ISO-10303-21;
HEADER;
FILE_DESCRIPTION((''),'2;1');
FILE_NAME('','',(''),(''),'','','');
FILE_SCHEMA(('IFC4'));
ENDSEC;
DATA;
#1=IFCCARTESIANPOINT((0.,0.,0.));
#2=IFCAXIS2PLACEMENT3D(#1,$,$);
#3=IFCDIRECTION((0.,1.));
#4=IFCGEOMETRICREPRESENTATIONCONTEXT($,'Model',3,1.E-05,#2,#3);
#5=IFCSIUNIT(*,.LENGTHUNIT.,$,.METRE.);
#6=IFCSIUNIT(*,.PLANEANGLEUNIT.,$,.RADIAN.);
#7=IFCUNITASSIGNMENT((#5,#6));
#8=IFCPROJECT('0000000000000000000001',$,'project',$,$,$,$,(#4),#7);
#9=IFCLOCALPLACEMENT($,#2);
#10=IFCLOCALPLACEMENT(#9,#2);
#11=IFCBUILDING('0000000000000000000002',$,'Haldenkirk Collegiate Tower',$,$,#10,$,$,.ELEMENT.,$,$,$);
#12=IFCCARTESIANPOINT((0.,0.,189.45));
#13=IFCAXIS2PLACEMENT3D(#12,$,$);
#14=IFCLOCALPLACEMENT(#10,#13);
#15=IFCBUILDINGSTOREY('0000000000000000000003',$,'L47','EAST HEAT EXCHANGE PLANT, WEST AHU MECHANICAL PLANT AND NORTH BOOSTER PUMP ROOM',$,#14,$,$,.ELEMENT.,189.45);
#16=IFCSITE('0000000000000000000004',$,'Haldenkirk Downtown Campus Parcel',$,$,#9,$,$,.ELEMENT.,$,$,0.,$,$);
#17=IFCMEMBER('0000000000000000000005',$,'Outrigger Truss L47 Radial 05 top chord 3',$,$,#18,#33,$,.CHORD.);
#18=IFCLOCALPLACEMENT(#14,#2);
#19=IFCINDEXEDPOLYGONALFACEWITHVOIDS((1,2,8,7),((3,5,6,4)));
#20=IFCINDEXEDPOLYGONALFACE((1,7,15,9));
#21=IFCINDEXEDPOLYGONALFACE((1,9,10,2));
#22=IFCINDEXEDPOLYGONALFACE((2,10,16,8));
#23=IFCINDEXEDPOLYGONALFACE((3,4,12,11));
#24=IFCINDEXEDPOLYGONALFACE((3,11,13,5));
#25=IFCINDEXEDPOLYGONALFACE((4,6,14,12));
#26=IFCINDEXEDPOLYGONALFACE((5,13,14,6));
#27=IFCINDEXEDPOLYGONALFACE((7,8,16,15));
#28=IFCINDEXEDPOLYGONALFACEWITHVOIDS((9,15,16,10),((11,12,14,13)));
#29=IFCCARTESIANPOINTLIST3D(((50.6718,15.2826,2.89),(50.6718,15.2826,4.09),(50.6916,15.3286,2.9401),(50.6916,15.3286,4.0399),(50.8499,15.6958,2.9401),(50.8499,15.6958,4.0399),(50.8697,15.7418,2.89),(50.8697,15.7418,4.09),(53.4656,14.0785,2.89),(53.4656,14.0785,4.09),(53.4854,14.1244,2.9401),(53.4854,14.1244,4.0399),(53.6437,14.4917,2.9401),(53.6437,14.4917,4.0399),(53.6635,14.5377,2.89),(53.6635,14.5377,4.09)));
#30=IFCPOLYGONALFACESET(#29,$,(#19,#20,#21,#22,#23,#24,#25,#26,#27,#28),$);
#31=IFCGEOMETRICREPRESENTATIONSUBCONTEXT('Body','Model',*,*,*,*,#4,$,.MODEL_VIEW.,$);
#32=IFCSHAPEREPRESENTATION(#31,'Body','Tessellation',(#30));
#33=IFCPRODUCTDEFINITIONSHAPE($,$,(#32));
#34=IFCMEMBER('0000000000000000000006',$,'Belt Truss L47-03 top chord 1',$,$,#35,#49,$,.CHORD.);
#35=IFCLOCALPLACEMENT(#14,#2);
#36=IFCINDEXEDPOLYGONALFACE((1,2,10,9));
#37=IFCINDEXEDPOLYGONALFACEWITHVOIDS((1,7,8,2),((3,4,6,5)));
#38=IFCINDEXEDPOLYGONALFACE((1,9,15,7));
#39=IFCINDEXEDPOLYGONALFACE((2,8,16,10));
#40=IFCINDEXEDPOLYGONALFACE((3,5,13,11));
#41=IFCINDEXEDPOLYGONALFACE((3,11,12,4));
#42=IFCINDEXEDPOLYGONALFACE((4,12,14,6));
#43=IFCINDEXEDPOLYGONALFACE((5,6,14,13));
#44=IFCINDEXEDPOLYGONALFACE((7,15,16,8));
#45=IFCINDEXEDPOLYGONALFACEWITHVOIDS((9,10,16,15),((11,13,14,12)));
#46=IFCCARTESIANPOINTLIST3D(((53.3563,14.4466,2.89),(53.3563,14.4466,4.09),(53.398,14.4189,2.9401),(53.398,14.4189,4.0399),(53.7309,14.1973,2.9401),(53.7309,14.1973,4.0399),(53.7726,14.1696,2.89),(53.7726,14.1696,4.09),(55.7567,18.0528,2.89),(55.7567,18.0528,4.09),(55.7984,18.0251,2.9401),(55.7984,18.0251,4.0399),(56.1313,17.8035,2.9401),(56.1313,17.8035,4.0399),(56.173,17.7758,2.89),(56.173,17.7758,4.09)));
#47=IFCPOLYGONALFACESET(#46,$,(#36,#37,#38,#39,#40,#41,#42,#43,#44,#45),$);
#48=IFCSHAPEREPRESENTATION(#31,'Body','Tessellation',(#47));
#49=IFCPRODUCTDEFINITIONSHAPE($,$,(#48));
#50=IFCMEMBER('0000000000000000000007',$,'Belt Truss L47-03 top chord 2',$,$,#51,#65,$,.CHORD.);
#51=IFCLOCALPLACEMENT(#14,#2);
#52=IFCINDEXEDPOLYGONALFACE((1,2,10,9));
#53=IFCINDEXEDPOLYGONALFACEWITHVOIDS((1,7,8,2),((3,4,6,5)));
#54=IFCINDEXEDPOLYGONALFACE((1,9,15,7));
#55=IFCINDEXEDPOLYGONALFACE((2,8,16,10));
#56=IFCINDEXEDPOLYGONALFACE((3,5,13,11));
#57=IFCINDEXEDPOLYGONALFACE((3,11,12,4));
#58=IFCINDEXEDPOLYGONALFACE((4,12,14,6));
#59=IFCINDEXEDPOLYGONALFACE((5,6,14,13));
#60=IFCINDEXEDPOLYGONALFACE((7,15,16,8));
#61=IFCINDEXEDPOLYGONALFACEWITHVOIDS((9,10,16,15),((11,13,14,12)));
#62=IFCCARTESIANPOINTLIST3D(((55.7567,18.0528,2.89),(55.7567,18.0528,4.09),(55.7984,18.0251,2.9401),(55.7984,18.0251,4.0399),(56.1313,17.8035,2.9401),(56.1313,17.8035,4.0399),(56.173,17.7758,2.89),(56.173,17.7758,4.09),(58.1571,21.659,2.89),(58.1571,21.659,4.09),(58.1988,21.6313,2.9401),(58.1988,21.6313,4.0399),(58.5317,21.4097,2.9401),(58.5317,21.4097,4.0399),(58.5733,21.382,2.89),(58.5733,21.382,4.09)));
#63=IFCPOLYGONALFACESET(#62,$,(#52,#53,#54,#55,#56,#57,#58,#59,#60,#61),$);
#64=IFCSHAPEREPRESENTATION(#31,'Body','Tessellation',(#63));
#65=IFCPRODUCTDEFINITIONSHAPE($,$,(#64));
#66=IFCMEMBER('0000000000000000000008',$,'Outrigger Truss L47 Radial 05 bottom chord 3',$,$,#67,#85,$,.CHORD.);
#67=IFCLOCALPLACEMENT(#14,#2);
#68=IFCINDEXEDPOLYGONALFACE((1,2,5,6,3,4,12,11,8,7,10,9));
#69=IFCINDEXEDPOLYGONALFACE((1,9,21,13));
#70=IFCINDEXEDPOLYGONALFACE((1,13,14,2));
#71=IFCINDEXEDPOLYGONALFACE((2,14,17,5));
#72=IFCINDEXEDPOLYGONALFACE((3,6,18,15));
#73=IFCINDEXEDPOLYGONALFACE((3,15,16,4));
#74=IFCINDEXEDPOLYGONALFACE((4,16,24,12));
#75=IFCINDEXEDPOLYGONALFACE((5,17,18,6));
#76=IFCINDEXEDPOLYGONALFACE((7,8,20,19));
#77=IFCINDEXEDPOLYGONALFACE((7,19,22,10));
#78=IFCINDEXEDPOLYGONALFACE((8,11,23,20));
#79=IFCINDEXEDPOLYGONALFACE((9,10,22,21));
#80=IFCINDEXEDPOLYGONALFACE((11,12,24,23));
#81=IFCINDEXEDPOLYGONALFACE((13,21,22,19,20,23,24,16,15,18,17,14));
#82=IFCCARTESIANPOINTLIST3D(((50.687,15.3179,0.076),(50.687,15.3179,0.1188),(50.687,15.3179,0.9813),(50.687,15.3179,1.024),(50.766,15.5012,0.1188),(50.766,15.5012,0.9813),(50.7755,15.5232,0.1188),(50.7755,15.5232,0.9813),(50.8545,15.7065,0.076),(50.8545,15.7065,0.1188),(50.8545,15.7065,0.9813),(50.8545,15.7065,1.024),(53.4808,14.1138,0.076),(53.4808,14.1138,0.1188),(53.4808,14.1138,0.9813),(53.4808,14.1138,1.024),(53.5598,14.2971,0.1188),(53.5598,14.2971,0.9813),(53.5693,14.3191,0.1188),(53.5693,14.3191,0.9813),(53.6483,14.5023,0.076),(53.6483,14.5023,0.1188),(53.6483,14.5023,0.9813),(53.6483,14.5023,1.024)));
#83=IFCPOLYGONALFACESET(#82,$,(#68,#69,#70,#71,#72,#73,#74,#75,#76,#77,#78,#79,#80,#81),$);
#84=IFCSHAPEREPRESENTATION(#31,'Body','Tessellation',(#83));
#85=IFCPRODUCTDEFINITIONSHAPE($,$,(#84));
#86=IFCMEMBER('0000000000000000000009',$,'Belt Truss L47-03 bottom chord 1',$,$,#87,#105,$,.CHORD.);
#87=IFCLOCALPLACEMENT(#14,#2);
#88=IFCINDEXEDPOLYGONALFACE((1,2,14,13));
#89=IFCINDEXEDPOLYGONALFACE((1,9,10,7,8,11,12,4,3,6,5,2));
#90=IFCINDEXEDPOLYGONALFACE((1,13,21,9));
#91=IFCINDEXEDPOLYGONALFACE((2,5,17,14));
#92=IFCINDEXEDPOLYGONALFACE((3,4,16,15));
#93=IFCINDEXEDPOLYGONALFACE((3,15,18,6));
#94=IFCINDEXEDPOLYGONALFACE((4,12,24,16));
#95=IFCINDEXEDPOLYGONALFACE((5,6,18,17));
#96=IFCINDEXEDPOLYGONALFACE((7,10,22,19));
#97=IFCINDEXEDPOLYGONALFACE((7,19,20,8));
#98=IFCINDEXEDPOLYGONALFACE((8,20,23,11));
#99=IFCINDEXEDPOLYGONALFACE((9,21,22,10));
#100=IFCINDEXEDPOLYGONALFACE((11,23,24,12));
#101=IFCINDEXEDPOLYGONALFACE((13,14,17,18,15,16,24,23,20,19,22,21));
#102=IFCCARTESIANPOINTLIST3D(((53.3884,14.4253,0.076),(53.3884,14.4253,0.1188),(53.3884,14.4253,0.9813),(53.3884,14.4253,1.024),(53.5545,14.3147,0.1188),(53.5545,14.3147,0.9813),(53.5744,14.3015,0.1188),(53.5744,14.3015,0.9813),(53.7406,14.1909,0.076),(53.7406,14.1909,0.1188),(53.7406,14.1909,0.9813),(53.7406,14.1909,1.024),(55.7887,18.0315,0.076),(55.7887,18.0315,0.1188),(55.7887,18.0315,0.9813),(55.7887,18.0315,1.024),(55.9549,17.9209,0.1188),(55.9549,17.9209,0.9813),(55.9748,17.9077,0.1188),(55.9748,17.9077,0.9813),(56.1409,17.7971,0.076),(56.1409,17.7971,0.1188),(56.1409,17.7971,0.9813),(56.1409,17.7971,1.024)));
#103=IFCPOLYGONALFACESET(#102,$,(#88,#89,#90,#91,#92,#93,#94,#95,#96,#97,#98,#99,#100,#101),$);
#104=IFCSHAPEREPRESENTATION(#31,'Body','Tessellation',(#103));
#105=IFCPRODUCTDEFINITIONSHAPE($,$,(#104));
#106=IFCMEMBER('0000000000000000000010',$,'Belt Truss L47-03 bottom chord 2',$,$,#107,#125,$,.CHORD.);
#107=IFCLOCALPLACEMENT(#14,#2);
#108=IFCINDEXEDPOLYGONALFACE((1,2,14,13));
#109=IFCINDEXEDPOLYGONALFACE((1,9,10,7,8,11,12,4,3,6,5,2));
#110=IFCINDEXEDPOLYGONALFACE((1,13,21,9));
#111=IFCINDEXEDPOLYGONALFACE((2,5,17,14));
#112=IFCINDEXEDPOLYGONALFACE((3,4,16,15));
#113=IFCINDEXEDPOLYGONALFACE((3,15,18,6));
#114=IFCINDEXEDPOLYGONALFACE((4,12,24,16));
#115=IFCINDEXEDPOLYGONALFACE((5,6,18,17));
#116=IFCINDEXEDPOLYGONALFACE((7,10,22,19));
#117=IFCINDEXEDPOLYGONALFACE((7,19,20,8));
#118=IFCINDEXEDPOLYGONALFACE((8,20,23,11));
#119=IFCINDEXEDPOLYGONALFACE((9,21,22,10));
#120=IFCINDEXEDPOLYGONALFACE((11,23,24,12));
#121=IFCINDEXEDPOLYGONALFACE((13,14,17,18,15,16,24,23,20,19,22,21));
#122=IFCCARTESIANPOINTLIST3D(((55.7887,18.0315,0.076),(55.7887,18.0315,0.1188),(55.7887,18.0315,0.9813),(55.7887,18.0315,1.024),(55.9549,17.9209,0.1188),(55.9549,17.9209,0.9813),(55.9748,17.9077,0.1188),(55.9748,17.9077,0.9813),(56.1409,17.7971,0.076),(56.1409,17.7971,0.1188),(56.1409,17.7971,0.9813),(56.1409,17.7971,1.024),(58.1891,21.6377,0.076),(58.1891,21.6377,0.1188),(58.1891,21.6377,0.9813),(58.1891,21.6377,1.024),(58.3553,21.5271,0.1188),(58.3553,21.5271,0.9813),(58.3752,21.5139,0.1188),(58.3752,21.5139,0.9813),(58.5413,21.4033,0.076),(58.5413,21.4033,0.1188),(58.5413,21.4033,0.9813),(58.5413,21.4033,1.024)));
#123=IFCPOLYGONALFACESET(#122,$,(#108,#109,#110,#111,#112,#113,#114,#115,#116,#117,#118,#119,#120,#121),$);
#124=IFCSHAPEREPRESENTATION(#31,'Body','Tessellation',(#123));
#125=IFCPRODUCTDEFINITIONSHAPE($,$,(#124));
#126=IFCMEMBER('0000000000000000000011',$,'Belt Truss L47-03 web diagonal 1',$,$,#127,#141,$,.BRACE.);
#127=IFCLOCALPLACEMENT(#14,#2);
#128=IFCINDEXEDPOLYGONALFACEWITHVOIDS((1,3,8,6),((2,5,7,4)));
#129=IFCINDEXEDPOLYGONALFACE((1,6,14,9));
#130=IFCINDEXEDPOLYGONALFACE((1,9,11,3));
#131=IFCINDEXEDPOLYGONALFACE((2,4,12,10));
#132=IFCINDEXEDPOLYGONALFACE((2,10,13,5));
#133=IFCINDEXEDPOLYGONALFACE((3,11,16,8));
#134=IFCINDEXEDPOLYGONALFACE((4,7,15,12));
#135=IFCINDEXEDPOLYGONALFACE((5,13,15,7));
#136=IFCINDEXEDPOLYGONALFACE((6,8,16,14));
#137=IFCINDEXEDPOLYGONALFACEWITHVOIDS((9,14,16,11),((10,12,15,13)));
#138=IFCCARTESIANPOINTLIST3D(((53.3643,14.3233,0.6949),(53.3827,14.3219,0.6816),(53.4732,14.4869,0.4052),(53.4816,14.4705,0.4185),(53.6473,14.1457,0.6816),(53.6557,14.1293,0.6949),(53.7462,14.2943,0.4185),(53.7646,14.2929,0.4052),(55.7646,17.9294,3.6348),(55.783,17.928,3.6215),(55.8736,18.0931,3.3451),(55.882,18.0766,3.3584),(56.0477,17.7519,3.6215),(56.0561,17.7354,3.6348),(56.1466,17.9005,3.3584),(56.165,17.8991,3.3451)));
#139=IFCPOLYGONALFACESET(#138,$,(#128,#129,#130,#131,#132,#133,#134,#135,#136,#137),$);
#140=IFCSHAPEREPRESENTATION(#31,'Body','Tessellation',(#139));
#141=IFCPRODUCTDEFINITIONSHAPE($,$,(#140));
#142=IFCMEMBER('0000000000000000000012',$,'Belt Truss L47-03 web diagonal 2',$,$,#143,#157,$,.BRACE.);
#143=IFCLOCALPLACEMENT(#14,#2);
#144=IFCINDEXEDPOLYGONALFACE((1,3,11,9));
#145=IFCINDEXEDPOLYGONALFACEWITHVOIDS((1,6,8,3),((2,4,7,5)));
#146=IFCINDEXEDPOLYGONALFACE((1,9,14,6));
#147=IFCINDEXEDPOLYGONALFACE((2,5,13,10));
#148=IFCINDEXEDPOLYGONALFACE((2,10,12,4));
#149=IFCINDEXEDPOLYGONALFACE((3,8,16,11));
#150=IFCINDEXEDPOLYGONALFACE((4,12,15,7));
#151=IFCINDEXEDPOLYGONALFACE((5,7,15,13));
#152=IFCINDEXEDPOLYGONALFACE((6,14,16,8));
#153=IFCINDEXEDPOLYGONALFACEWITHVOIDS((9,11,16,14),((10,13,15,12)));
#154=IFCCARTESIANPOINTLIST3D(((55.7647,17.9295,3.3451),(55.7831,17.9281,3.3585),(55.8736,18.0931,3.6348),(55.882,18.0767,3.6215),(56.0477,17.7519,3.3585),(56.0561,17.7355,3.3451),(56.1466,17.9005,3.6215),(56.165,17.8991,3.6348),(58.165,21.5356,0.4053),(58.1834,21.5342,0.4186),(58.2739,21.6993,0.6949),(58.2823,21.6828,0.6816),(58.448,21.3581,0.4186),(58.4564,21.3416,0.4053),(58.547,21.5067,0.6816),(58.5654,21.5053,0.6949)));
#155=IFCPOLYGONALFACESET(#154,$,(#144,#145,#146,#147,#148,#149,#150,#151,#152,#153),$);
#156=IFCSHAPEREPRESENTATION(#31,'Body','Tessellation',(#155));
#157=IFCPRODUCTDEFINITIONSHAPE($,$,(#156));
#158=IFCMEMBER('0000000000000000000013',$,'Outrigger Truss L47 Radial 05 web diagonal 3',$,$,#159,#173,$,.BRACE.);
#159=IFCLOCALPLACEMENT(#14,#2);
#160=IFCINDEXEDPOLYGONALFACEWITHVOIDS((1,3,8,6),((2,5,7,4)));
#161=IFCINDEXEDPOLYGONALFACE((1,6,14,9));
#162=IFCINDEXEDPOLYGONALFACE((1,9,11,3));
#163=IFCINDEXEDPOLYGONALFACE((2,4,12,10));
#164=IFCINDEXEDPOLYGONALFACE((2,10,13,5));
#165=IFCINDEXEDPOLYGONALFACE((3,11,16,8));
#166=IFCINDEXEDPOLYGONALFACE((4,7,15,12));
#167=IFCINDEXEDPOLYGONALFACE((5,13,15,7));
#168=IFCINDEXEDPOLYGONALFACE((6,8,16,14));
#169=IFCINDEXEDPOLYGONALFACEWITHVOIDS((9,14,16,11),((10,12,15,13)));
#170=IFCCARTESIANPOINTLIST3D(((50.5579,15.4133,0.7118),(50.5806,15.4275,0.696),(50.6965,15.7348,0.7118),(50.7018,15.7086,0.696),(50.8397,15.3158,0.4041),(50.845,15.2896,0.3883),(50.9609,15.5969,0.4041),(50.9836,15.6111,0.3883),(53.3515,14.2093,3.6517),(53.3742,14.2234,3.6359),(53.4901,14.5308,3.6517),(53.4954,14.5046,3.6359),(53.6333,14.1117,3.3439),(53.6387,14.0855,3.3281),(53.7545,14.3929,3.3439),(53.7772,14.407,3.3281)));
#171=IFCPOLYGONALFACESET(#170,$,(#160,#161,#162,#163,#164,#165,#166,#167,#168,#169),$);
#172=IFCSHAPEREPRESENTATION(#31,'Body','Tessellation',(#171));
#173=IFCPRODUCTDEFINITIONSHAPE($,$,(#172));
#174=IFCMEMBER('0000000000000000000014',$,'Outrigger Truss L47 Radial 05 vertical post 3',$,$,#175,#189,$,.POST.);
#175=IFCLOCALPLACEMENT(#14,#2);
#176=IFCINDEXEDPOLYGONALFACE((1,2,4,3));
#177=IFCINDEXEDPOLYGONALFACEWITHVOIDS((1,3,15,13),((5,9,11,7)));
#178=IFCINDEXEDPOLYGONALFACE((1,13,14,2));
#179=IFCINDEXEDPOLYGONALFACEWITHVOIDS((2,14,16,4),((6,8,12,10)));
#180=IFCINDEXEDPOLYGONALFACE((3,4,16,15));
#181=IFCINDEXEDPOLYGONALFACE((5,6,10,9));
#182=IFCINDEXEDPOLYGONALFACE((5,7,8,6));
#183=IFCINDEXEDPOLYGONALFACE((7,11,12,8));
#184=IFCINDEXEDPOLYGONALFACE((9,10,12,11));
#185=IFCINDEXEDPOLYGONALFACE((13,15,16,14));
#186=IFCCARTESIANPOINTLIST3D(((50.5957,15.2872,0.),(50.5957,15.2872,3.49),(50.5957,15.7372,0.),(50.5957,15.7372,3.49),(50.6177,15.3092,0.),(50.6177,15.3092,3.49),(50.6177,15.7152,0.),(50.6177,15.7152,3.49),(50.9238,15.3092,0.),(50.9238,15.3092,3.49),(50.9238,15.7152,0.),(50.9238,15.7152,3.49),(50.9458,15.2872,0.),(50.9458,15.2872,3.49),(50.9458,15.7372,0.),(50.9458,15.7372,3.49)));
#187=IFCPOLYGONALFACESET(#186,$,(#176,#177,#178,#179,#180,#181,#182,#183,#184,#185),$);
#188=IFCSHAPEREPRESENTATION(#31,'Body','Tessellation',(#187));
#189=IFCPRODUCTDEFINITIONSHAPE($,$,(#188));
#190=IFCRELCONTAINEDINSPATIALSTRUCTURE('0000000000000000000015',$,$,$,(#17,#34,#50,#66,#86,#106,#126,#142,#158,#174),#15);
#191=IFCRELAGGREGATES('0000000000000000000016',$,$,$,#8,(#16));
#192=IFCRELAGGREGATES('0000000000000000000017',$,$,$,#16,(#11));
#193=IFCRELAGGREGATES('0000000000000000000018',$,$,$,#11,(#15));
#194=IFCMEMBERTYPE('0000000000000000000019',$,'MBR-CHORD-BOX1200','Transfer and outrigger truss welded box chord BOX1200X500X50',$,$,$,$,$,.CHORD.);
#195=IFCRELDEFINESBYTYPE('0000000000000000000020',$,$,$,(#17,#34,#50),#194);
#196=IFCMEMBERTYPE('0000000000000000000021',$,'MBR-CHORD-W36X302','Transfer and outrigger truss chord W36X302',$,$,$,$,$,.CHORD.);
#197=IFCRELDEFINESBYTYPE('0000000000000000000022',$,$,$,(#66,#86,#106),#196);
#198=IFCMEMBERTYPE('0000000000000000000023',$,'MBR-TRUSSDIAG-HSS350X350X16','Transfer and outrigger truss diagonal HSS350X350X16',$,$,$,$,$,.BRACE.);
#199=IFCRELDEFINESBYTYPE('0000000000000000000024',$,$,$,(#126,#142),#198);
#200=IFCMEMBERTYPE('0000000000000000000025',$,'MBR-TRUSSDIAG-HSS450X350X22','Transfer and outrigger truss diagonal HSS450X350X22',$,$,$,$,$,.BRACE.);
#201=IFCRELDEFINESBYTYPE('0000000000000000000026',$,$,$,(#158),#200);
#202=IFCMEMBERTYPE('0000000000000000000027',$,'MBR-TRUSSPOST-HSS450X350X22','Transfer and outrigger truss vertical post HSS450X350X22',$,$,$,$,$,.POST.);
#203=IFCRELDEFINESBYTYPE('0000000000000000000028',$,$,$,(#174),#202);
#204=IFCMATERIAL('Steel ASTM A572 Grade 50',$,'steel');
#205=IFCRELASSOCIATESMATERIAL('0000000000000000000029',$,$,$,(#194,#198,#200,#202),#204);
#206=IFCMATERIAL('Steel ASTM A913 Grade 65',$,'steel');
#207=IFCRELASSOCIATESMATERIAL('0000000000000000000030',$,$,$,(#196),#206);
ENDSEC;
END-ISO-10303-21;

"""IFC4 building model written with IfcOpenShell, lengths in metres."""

from ifc_helpers import new_model, si_unit, direction, frame, origin, origin_2d, place, context, subcontext, project, spatial, hollow_rectangle, i_section, extrude, material, material_profile, profile_set, type_object, element, save


model = new_model("IFC4")

# Units and contexts
model_context = context("Model", 3, precision=1e-05, world=origin(), true_north=direction((0.0, 1.0)))
body_context = subcontext(model_context, "Body", "Model", "MODEL_VIEW")
ifc_project = project(units=[si_unit("LENGTHUNIT", "METRE"), si_unit("PLANEANGLEUNIT", "RADIAN")], contexts=[model_context])

# Site, building, storey
site_placement = place(None, origin())
site = spatial("IfcSite", under=ifc_project, at=site_placement, Name="Haldenkirk Downtown Campus Parcel", CompositionType="ELEMENT", RefElevation=0.0)
building_placement = place(site_placement, origin())
building = spatial("IfcBuilding", under=site, at=building_placement, Name="Haldenkirk Collegiate Tower", CompositionType="ELEMENT")
storey_placement = place(building_placement, frame((0.0, 0.0, 189.45)))
storey = spatial("IfcBuildingStorey", under=building, at=storey_placement, Name="L47", Description="EAST HEAT EXCHANGE PLANT, WEST AHU MECHANICAL PLANT AND NORTH BOOSTER PUMP ROOM", CompositionType="ELEMENT", Elevation=189.45)

# Members
ifc_material_1 = material(Name="Steel ASTM A572 Grade 50", Category="steel")
ifc_material_profile_1 = material_profile(ifc_material_1, hollow_rectangle(XDim=0.5, YDim=1.2, WallThickness=0.05, at=origin_2d()), Name="BOX1200X500X50")
ifc_profile_set_1 = profile_set([ifc_material_profile_1], Name="Steel ASTM A572 Grade 50")
member_type_1 = type_object("IfcMemberType", Name="MBR-CHORD-BOX1200", Description="Transfer and outrigger truss welded box chord BOX1200X500X50", PredefinedType="CHORD", material=ifc_profile_set_1)
member_1_placement = place(storey_placement, frame((50.7708, 15.5122, 3.49), z_axis=(0.918334, -0.395807, 0.0), x_axis=(0.395807, 0.918334, 0.0)))
element("IfcMember", 1, at=member_1_placement, inside=storey, type_object=member_type_1, Name="Outrigger Truss L47 Radial 05 top chord 3", PredefinedType="CHORD", context=body_context, shape_type="SweptSolid", body=[
    extrude(hollow_rectangle(XDim=0.5, YDim=1.2, WallThickness=0.05, at=origin_2d()), origin(), (0.0, 0.0, 1.0), 3.0422),
])
for number, where, z_axis, x_axis, name in (
    (2, (53.5645, 14.3081, 3.49), (0.554102, 0.832449, 0.0), (-0.832449, 0.554102, 0.0), "Belt Truss L47-03 top chord 1"),
    (3, (55.9648, 17.9143, 3.49), (0.554102, 0.832449, 0.0), (-0.832449, 0.554102, 0.0), "Belt Truss L47-03 top chord 2"),
):
    element("IfcMember", number, at=place(storey_placement, frame(where, z_axis=z_axis, x_axis=x_axis)), inside=storey, type_object=member_type_1, Name=name, PredefinedType="CHORD", context=body_context, shape_type="SweptSolid", body=[
        extrude(hollow_rectangle(XDim=0.5, YDim=1.2, WallThickness=0.05, at=origin_2d()), origin(), (0.0, 0.0, 1.0), 4.332),
    ])
ifc_material_2 = material(Name="Steel ASTM A913 Grade 65", Category="steel")
ifc_material_profile_2 = material_profile(ifc_material_2, i_section(OverallWidth=0.4231, OverallDepth=0.948, WebThickness=0.0239, FlangeThickness=0.0427, at=origin_2d()), Name="W36X302")
ifc_profile_set_2 = profile_set([ifc_material_profile_2], Name="Steel ASTM A913 Grade 65")
member_type_2 = type_object("IfcMemberType", Name="MBR-CHORD-W36X302", Description="Transfer and outrigger truss chord W36X302", PredefinedType="CHORD", material=ifc_profile_set_2)
member_2_placement = place(storey_placement, frame((50.7708, 15.5122, 0.55), z_axis=(0.918334, -0.395807, 0.0), x_axis=(0.395807, 0.918334, 0.0)))
element("IfcMember", 4, at=member_2_placement, inside=storey, type_object=member_type_2, Name="Outrigger Truss L47 Radial 05 bottom chord 3", PredefinedType="CHORD", context=body_context, shape_type="SweptSolid", body=[
    extrude(i_section(OverallWidth=0.4231, OverallDepth=0.948, WebThickness=0.0239, FlangeThickness=0.0427, at=origin_2d()), origin(), (0.0, 0.0, 1.0), 3.0422),
])
for number, where, z_axis, x_axis, name in (
    (5, (53.5645, 14.3081, 0.55), (0.554102, 0.832449, 0.0), (-0.832449, 0.554102, 0.0), "Belt Truss L47-03 bottom chord 1"),
    (6, (55.9648, 17.9143, 0.55), (0.554102, 0.832449, 0.0), (-0.832449, 0.554102, 0.0), "Belt Truss L47-03 bottom chord 2"),
):
    element("IfcMember", number, at=place(storey_placement, frame(where, z_axis=z_axis, x_axis=x_axis)), inside=storey, type_object=member_type_2, Name=name, PredefinedType="CHORD", context=body_context, shape_type="SweptSolid", body=[
        extrude(i_section(OverallWidth=0.4231, OverallDepth=0.948, WebThickness=0.0239, FlangeThickness=0.0427, at=origin_2d()), origin(), (0.0, 0.0, 1.0), 4.332),
    ])
ifc_material_profile_3 = material_profile(ifc_material_1, hollow_rectangle(XDim=0.3501, YDim=0.3501, WallThickness=0.0161, at=origin_2d()), Name="HSS350X350X16")
ifc_profile_set_3 = profile_set([ifc_material_profile_3], Name="Steel ASTM A572 Grade 50")
member_type_3 = type_object("IfcMemberType", Name="MBR-TRUSSDIAG-HSS350X350X16", Description="Transfer and outrigger truss diagonal HSS350X350X16", PredefinedType="BRACE", material=ifc_profile_set_3)
for number, where, z_axis, x_axis, name in (
    (7, (53.5645, 14.3081, 0.55), (0.458489, 0.688806, 0.561546), (-0.832449, 0.554102, 0.0), "Belt Truss L47-03 web diagonal 1"),
    (8, (55.9648, 17.9143, 3.49), (0.458489, 0.688806, -0.561546), (-0.832449, 0.554102, 0.0), "Belt Truss L47-03 web diagonal 2"),
):
    element("IfcMember", number, at=place(storey_placement, frame(where, z_axis=z_axis, x_axis=x_axis)), inside=storey, type_object=member_type_3, Name=name, PredefinedType="BRACE", context=body_context, shape_type="SweptSolid", body=[
        extrude(hollow_rectangle(XDim=0.3501, YDim=0.3501, WallThickness=0.0161, at=origin_2d()), origin(), (0.0, 0.0, 1.0), 5.2354),
    ])
ifc_material_profile_4 = material_profile(ifc_material_1, hollow_rectangle(XDim=0.3501, YDim=0.45, WallThickness=0.022, at=origin_2d()), Name="HSS450X350X22")
ifc_profile_set_4 = profile_set([ifc_material_profile_4], Name="Steel ASTM A572 Grade 50")
member_type_4 = type_object("IfcMemberType", Name="MBR-TRUSSDIAG-HSS450X350X22", Description="Transfer and outrigger truss diagonal HSS450X350X22", PredefinedType="BRACE", material=ifc_profile_set_4)
member_3_placement = place(storey_placement, frame((50.7708, 15.5122, 0.55), z_axis=(0.660358, -0.284618, 0.694925), x_axis=(0.395807, 0.918334, 0.0)))
element("IfcMember", 9, at=member_3_placement, inside=storey, type_object=member_type_4, Name="Outrigger Truss L47 Radial 05 web diagonal 3", PredefinedType="BRACE", context=body_context, shape_type="SweptSolid", body=[
    extrude(hollow_rectangle(XDim=0.3501, YDim=0.45, WallThickness=0.022, at=origin_2d()), origin(), (0.0, 0.0, 1.0), 4.2305),
])
ifc_material_profile_5 = material_profile(ifc_material_1, hollow_rectangle(XDim=0.3501, YDim=0.45, WallThickness=0.022, at=origin_2d()), Name="HSS450X350X22")
ifc_profile_set_5 = profile_set([ifc_material_profile_5], Name="Steel ASTM A572 Grade 50")
member_type_5 = type_object("IfcMemberType", Name="MBR-TRUSSPOST-HSS450X350X22", Description="Transfer and outrigger truss vertical post HSS450X350X22", PredefinedType="POST", material=ifc_profile_set_5)
for number, where, z_axis, x_axis, name in (
    (10, (50.7708, 15.5122, 0.0), (0.0, 0.0, 1.0), (1.0, 0.0, 0.0), "Outrigger Truss L47 Radial 05 vertical post 3"),
):
    element("IfcMember", number, at=place(storey_placement, frame(where, z_axis=z_axis, x_axis=x_axis)), inside=storey, type_object=member_type_5, Name=name, PredefinedType="POST", context=body_context, shape_type="SweptSolid", body=[
        extrude(hollow_rectangle(XDim=0.3501, YDim=0.45, WallThickness=0.022, at=origin_2d()), origin(), (0.0, 0.0, 1.0), 3.49),
    ])

save(model, "model.ifc")
